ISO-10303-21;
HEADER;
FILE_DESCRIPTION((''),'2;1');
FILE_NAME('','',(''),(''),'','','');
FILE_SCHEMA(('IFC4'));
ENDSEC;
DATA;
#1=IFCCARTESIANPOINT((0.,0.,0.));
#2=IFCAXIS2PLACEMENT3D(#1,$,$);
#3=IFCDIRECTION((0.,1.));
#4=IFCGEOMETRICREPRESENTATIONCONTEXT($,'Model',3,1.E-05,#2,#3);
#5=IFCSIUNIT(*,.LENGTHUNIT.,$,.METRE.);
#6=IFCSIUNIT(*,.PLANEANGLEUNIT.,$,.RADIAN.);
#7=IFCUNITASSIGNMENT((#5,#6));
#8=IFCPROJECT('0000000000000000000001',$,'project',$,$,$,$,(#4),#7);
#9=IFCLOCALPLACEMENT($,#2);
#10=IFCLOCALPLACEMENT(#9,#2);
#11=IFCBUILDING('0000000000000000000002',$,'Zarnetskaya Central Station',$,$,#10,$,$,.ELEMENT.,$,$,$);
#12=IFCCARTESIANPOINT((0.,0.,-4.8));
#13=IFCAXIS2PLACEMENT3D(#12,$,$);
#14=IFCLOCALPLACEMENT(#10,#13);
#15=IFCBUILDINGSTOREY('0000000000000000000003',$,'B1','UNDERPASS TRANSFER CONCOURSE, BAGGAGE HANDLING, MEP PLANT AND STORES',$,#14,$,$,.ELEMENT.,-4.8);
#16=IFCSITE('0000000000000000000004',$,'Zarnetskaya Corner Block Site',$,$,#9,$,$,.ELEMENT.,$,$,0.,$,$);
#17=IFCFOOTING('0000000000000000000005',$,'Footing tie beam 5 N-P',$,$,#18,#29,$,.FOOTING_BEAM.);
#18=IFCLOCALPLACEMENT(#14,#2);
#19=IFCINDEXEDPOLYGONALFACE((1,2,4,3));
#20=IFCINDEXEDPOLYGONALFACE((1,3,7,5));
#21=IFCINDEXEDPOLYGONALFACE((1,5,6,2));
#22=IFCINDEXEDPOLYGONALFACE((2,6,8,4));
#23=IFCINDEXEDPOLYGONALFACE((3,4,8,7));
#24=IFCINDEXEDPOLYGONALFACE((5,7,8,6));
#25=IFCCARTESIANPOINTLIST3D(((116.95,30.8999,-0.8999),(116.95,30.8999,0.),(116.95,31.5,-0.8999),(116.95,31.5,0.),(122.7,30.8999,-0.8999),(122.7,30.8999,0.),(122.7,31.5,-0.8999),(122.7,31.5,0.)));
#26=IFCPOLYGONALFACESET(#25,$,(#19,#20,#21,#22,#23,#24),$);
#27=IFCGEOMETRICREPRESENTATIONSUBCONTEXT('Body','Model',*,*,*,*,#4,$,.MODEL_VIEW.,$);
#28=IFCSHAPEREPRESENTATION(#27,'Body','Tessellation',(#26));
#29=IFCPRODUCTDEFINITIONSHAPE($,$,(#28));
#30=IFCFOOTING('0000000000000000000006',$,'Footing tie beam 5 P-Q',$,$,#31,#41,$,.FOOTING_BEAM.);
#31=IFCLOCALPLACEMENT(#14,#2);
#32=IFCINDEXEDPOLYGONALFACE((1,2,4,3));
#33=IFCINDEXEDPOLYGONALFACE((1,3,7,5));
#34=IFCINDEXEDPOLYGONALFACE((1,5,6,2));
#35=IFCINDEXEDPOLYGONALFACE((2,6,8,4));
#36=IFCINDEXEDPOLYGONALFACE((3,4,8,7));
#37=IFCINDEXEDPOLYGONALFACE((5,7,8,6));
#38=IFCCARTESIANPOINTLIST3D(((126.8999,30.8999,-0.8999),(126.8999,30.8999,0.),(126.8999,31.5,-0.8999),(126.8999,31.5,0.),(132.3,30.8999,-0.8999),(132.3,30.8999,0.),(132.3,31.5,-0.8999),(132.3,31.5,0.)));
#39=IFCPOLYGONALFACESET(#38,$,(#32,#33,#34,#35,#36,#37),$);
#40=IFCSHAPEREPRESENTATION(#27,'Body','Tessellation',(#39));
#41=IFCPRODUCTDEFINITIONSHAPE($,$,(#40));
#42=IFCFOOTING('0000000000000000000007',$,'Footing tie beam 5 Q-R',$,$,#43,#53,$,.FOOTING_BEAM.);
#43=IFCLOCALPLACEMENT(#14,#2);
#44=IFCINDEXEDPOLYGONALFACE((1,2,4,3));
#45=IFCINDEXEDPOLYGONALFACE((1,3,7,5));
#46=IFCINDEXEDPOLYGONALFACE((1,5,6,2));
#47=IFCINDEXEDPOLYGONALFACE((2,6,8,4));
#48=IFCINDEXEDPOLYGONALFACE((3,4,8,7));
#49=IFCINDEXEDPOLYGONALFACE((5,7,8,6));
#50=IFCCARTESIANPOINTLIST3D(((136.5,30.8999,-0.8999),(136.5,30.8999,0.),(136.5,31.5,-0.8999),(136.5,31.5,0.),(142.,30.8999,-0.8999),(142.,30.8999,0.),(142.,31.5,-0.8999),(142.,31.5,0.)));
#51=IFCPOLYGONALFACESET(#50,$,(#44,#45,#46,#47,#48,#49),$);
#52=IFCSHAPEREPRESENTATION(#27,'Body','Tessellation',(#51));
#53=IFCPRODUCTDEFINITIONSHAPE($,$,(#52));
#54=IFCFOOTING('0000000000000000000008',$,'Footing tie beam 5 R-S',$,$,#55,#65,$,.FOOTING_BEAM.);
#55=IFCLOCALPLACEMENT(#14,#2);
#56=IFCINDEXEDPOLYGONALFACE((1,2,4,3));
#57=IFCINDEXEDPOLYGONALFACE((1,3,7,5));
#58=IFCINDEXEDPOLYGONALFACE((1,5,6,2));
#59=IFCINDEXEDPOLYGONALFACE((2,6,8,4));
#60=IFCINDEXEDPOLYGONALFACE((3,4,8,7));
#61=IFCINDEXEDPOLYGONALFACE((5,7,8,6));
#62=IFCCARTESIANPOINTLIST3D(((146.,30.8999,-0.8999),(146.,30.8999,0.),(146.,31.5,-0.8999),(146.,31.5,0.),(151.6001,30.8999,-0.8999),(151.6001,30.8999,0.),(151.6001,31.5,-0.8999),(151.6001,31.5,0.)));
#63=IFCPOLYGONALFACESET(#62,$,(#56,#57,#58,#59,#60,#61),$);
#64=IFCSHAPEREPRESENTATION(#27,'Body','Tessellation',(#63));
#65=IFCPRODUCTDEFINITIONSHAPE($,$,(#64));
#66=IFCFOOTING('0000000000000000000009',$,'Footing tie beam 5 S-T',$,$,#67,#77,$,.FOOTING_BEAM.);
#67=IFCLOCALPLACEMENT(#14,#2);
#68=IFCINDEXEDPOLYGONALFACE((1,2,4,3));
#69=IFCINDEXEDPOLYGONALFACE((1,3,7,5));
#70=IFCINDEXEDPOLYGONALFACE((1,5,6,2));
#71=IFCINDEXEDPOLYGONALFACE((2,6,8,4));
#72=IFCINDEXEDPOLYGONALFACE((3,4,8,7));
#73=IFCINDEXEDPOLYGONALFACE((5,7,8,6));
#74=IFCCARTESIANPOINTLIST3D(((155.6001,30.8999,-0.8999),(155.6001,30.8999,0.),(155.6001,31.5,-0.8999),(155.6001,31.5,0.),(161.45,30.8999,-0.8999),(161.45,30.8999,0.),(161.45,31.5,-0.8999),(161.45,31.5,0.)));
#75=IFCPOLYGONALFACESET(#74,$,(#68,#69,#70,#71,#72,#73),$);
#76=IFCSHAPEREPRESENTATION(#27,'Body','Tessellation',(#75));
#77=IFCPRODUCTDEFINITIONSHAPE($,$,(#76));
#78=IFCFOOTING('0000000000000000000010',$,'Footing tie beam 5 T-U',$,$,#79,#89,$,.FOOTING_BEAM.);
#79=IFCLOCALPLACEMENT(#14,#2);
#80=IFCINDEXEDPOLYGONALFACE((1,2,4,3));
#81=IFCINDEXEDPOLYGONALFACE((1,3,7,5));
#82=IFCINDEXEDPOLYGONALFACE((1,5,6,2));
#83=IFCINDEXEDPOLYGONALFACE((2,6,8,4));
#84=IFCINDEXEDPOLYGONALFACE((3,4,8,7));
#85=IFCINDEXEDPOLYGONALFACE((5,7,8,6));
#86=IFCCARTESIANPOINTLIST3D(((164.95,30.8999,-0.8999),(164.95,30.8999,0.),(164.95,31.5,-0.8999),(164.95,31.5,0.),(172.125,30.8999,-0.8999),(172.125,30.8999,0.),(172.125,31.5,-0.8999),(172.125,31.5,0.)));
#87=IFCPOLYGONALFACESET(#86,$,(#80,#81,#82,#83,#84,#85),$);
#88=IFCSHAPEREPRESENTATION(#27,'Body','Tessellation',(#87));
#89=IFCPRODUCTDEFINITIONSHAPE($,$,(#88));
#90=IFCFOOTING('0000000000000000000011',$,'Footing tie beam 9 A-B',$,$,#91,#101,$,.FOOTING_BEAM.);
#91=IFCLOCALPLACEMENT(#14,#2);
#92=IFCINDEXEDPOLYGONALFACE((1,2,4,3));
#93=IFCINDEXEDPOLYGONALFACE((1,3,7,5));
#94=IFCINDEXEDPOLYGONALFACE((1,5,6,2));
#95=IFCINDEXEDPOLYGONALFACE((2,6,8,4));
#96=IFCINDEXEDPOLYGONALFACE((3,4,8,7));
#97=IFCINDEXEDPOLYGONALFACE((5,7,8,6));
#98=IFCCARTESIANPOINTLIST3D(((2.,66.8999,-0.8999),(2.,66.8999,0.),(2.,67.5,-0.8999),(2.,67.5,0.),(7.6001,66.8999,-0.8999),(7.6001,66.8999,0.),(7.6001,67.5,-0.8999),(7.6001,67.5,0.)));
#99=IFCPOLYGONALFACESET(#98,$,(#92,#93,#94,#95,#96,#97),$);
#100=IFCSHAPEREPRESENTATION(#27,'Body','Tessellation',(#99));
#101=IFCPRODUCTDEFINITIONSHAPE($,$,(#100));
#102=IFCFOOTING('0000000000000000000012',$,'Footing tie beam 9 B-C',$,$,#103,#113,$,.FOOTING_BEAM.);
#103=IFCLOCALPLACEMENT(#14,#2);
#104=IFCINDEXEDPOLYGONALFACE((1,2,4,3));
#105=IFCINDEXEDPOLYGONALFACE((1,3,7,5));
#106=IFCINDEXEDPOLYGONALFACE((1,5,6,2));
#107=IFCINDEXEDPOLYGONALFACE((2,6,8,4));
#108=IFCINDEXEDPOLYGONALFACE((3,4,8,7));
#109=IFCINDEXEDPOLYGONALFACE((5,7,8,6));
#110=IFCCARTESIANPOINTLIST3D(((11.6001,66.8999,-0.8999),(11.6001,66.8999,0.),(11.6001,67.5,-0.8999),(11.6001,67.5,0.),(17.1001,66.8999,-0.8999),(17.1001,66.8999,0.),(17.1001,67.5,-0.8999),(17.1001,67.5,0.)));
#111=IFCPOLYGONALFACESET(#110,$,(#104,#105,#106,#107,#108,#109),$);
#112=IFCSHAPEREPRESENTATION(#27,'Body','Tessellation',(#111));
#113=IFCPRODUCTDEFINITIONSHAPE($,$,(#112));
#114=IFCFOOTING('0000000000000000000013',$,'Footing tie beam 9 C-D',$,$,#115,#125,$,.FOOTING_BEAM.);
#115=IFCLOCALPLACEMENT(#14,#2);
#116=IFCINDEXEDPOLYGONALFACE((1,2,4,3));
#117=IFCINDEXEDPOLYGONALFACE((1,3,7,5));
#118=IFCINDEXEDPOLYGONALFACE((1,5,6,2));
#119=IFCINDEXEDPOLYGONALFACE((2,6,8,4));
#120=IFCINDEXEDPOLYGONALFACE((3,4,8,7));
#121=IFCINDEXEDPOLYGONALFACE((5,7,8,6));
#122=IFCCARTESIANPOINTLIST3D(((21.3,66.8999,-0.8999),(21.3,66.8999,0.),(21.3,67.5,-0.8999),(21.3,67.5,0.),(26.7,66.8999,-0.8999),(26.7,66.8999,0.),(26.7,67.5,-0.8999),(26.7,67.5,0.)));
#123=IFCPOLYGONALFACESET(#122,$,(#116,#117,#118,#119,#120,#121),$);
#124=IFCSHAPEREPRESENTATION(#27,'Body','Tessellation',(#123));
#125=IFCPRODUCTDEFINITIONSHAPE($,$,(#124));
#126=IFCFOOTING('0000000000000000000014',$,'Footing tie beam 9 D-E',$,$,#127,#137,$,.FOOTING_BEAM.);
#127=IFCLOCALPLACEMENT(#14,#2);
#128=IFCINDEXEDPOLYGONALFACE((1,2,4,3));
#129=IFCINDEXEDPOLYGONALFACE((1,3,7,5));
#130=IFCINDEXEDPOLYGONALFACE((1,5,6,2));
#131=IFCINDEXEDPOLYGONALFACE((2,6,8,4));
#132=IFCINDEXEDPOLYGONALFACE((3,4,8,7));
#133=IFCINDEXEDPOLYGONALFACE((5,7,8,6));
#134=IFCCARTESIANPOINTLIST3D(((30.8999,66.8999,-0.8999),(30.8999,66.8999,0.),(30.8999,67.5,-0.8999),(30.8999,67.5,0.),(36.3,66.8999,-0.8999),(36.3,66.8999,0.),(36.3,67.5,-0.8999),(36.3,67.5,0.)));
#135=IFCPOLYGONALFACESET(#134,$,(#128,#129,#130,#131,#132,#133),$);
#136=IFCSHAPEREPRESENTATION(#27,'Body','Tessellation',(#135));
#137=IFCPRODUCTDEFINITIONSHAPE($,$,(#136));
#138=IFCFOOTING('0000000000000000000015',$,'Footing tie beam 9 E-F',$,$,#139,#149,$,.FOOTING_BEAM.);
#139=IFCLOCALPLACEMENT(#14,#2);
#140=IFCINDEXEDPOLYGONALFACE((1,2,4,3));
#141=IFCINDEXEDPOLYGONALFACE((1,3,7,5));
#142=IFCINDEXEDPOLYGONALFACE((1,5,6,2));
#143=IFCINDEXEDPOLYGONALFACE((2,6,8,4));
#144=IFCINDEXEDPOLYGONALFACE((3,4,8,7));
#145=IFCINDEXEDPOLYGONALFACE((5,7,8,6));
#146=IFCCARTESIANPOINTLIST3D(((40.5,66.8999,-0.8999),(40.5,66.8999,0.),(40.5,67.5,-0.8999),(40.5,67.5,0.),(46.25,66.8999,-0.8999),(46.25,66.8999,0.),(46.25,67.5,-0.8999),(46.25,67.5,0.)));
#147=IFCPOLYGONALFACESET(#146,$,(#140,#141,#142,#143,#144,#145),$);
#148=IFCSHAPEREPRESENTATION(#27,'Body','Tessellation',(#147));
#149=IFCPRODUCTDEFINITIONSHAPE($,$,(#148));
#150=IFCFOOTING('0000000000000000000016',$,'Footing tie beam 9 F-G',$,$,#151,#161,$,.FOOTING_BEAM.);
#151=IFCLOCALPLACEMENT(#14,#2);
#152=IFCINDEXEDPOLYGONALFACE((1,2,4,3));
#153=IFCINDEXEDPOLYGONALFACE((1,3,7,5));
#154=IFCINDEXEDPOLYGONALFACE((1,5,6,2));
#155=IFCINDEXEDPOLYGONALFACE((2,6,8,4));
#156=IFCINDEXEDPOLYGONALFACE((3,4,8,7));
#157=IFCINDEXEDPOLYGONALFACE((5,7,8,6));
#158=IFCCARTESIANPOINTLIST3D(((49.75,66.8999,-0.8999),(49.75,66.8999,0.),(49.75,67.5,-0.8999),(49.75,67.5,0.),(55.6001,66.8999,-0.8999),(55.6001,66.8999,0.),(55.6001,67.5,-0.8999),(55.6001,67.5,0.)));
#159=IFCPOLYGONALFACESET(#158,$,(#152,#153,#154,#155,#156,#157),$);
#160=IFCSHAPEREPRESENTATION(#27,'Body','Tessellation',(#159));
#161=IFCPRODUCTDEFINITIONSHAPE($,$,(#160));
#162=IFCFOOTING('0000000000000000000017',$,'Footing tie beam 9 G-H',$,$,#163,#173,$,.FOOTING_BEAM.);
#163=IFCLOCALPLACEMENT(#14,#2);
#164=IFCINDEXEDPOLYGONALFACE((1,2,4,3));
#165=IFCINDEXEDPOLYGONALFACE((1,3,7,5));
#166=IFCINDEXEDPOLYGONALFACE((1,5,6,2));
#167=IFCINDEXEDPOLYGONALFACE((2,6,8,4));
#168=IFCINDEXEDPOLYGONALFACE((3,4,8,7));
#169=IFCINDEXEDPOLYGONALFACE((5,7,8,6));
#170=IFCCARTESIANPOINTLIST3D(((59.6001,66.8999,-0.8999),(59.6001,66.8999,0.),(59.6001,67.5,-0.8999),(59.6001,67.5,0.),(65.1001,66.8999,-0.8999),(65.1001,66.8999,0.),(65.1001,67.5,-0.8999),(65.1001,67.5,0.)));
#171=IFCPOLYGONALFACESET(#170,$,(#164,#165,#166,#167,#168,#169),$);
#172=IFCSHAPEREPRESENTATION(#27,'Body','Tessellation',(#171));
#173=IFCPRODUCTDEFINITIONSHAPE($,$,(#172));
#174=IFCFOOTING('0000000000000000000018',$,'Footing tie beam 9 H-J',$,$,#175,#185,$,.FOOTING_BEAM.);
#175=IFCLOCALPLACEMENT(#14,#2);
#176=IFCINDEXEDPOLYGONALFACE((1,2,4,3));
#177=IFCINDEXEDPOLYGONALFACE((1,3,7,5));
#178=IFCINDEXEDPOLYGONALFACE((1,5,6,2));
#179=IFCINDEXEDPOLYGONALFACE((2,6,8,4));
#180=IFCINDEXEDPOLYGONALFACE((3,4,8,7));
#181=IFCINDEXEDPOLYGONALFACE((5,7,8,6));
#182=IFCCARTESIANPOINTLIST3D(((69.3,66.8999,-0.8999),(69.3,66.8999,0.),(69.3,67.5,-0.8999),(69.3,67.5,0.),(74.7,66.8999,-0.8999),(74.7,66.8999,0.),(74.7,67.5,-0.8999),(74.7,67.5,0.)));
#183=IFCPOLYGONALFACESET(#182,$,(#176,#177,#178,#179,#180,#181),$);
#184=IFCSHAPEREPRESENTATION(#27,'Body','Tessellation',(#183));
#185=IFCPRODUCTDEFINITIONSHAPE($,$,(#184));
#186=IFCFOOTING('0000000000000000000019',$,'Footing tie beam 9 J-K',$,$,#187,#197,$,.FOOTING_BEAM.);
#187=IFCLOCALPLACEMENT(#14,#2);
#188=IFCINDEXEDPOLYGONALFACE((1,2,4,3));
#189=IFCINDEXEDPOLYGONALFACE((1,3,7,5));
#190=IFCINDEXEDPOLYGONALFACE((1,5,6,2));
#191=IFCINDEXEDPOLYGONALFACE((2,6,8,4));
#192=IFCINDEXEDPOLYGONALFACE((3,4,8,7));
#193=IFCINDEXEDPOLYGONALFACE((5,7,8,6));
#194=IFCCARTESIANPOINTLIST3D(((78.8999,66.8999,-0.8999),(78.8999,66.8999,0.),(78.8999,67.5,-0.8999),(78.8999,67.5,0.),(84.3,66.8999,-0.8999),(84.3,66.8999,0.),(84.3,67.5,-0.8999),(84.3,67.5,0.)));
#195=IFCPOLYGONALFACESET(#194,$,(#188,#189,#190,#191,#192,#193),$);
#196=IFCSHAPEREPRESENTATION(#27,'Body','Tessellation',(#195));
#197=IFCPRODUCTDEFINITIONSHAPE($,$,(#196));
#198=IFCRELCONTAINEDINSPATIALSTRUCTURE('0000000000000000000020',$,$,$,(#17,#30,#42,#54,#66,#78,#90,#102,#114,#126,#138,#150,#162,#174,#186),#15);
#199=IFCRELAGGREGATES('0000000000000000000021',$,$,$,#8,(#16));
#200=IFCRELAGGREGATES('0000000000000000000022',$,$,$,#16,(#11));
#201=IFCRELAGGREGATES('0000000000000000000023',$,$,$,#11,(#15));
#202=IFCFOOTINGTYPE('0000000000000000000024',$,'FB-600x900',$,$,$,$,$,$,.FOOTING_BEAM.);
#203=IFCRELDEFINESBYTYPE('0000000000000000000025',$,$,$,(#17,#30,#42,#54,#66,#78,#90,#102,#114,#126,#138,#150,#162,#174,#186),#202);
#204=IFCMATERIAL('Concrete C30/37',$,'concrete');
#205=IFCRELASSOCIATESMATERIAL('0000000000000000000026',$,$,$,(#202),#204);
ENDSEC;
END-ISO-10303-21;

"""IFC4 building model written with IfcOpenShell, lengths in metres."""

from ifc_helpers import new_model, si_unit, direction, frame, origin, place, context, subcontext, project, spatial, polyline, outline, extrude, material, type_object, element, save


model = new_model("IFC4")

# Units and contexts
model_context = context("Model", 3, precision=1e-05, world=origin(), true_north=direction((0.0, 1.0)))
body_context = subcontext(model_context, "Body", "Model", "MODEL_VIEW")
ifc_project = project(units=[si_unit("LENGTHUNIT", "METRE"), si_unit("PLANEANGLEUNIT", "RADIAN")], contexts=[model_context])

# Site, building, storey
site_placement = place(None, origin())
site = spatial("IfcSite", under=ifc_project, at=site_placement, Name="Zarnetskaya Corner Block Site", CompositionType="ELEMENT", RefElevation=0.0)
building_placement = place(site_placement, origin())
building = spatial("IfcBuilding", under=site, at=building_placement, Name="Zarnetskaya Central Station", CompositionType="ELEMENT")
storey_placement = place(building_placement, frame((0.0, 0.0, -4.8)))
storey = spatial("IfcBuildingStorey", under=building, at=storey_placement, Name="B1", Description="UNDERPASS TRANSFER CONCOURSE, BAGGAGE HANDLING, MEP PLANT AND STORES", CompositionType="ELEMENT", Elevation=-4.8)

# Footings
ifc_material = material(Name="Concrete C30/37", Category="concrete")
footing_type = type_object("IfcFootingType", Name="FB-600x900", PredefinedType="FOOTING_BEAM", material=ifc_material)
footing_1_placement = place(storey_placement, frame((0.0, 0.0, -0.8999)))
element("IfcFooting", 1, at=footing_1_placement, inside=storey, type_object=footing_type, Name="Footing tie beam 5 N-P", PredefinedType="FOOTING_BEAM", context=body_context, shape_type="SweptSolid", body=[
    extrude(outline(polyline([(116.95, 30.8999), (122.7, 30.8999), (122.7, 31.5), (116.95, 31.5), (116.95, 30.8999)])), origin(), (0.0, 0.0, 1.0), 0.8999),
])
footing_2_placement = place(storey_placement, frame((0.0, 0.0, -0.8999)))
element("IfcFooting", 2, at=footing_2_placement, inside=storey, type_object=footing_type, Name="Footing tie beam 5 P-Q", PredefinedType="FOOTING_BEAM", context=body_context, shape_type="SweptSolid", body=[
    extrude(outline(polyline([(126.8999, 30.8999), (132.3, 30.8999), (132.3, 31.5), (126.8999, 31.5), (126.8999, 30.8999)])), origin(), (0.0, 0.0, 1.0), 0.8999),
])
footing_3_placement = place(storey_placement, frame((0.0, 0.0, -0.8999)))
element("IfcFooting", 3, at=footing_3_placement, inside=storey, type_object=footing_type, Name="Footing tie beam 5 Q-R", PredefinedType="FOOTING_BEAM", context=body_context, shape_type="SweptSolid", body=[
    extrude(outline(polyline([(136.5, 30.8999), (142.0, 30.8999), (142.0, 31.5), (136.5, 31.5), (136.5, 30.8999)])), origin(), (0.0, 0.0, 1.0), 0.8999),
])
footing_4_placement = place(storey_placement, frame((0.0, 0.0, -0.8999)))
element("IfcFooting", 4, at=footing_4_placement, inside=storey, type_object=footing_type, Name="Footing tie beam 5 R-S", PredefinedType="FOOTING_BEAM", context=body_context, shape_type="SweptSolid", body=[
    extrude(outline(polyline([(146.0, 30.8999), (151.6001, 30.8999), (151.6001, 31.5), (146.0, 31.5), (146.0, 30.8999)])), origin(), (0.0, 0.0, 1.0), 0.8999),
])
footing_5_placement = place(storey_placement, frame((0.0, 0.0, -0.8999)))
element("IfcFooting", 5, at=footing_5_placement, inside=storey, type_object=footing_type, Name="Footing tie beam 5 S-T", PredefinedType="FOOTING_BEAM", context=body_context, shape_type="SweptSolid", body=[
    extrude(outline(polyline([(155.6001, 30.8999), (161.45, 30.8999), (161.45, 31.5), (155.6001, 31.5), (155.6001, 30.8999)])), origin(), (0.0, 0.0, 1.0), 0.8999),
])
footing_6_placement = place(storey_placement, frame((0.0, 0.0, -0.8999)))
element("IfcFooting", 6, at=footing_6_placement, inside=storey, type_object=footing_type, Name="Footing tie beam 5 T-U", PredefinedType="FOOTING_BEAM", context=body_context, shape_type="SweptSolid", body=[
    extrude(outline(polyline([(164.95, 30.8999), (172.125, 30.8999), (172.125, 31.5), (164.95, 31.5), (164.95, 30.8999)])), origin(), (0.0, 0.0, 1.0), 0.8999),
])
footing_7_placement = place(storey_placement, frame((0.0, 0.0, -0.8999)))
element("IfcFooting", 7, at=footing_7_placement, inside=storey, type_object=footing_type, Name="Footing tie beam 9 A-B", PredefinedType="FOOTING_BEAM", context=body_context, shape_type="SweptSolid", body=[
    extrude(outline(polyline([(2.0, 66.8999), (7.6001, 66.8999), (7.6001, 67.5), (2.0, 67.5), (2.0, 66.8999)])), origin(), (0.0, 0.0, 1.0), 0.8999),
])
footing_8_placement = place(storey_placement, frame((0.0, 0.0, -0.8999)))
element("IfcFooting", 8, at=footing_8_placement, inside=storey, type_object=footing_type, Name="Footing tie beam 9 B-C", PredefinedType="FOOTING_BEAM", context=body_context, shape_type="SweptSolid", body=[
    extrude(outline(polyline([(11.6001, 66.8999), (17.1001, 66.8999), (17.1001, 67.5), (11.6001, 67.5), (11.6001, 66.8999)])), origin(), (0.0, 0.0, 1.0), 0.8999),
])
footing_9_placement = place(storey_placement, frame((0.0, 0.0, -0.8999)))
element("IfcFooting", 9, at=footing_9_placement, inside=storey, type_object=footing_type, Name="Footing tie beam 9 C-D", PredefinedType="FOOTING_BEAM", context=body_context, shape_type="SweptSolid", body=[
    extrude(outline(polyline([(21.3, 66.8999), (26.7, 66.8999), (26.7, 67.5), (21.3, 67.5), (21.3, 66.8999)])), origin(), (0.0, 0.0, 1.0), 0.8999),
])
footing_10_placement = place(storey_placement, frame((0.0, 0.0, -0.8999)))
element("IfcFooting", 10, at=footing_10_placement, inside=storey, type_object=footing_type, Name="Footing tie beam 9 D-E", PredefinedType="FOOTING_BEAM", context=body_context, shape_type="SweptSolid", body=[
    extrude(outline(polyline([(30.8999, 66.8999), (36.3, 66.8999), (36.3, 67.5), (30.8999, 67.5), (30.8999, 66.8999)])), origin(), (0.0, 0.0, 1.0), 0.8999),
])
footing_11_placement = place(storey_placement, frame((0.0, 0.0, -0.8999)))
element("IfcFooting", 11, at=footing_11_placement, inside=storey, type_object=footing_type, Name="Footing tie beam 9 E-F", PredefinedType="FOOTING_BEAM", context=body_context, shape_type="SweptSolid", body=[
    extrude(outline(polyline([(40.5, 66.8999), (46.25, 66.8999), (46.25, 67.5), (40.5, 67.5), (40.5, 66.8999)])), origin(), (0.0, 0.0, 1.0), 0.8999),
])
footing_12_placement = place(storey_placement, frame((0.0, 0.0, -0.8999)))
element("IfcFooting", 12, at=footing_12_placement, inside=storey, type_object=footing_type, Name="Footing tie beam 9 F-G", PredefinedType="FOOTING_BEAM", context=body_context, shape_type="SweptSolid", body=[
    extrude(outline(polyline([(49.75, 66.8999), (55.6001, 66.8999), (55.6001, 67.5), (49.75, 67.5), (49.75, 66.8999)])), origin(), (0.0, 0.0, 1.0), 0.8999),
])
footing_13_placement = place(storey_placement, frame((0.0, 0.0, -0.8999)))
element("IfcFooting", 13, at=footing_13_placement, inside=storey, type_object=footing_type, Name="Footing tie beam 9 G-H", PredefinedType="FOOTING_BEAM", context=body_context, shape_type="SweptSolid", body=[
    extrude(outline(polyline([(59.6001, 66.8999), (65.1001, 66.8999), (65.1001, 67.5), (59.6001, 67.5), (59.6001, 66.8999)])), origin(), (0.0, 0.0, 1.0), 0.8999),
])
footing_14_placement = place(storey_placement, frame((0.0, 0.0, -0.8999)))
element("IfcFooting", 14, at=footing_14_placement, inside=storey, type_object=footing_type, Name="Footing tie beam 9 H-J", PredefinedType="FOOTING_BEAM", context=body_context, shape_type="SweptSolid", body=[
    extrude(outline(polyline([(69.3, 66.8999), (74.7, 66.8999), (74.7, 67.5), (69.3, 67.5), (69.3, 66.8999)])), origin(), (0.0, 0.0, 1.0), 0.8999),
])
footing_15_placement = place(storey_placement, frame((0.0, 0.0, -0.8999)))
element("IfcFooting", 15, at=footing_15_placement, inside=storey, type_object=footing_type, Name="Footing tie beam 9 J-K", PredefinedType="FOOTING_BEAM", context=body_context, shape_type="SweptSolid", body=[
    extrude(outline(polyline([(78.8999, 66.8999), (84.3, 66.8999), (84.3, 67.5), (78.8999, 67.5), (78.8999, 66.8999)])), origin(), (0.0, 0.0, 1.0), 0.8999),
])

save(model, "model.ifc")
